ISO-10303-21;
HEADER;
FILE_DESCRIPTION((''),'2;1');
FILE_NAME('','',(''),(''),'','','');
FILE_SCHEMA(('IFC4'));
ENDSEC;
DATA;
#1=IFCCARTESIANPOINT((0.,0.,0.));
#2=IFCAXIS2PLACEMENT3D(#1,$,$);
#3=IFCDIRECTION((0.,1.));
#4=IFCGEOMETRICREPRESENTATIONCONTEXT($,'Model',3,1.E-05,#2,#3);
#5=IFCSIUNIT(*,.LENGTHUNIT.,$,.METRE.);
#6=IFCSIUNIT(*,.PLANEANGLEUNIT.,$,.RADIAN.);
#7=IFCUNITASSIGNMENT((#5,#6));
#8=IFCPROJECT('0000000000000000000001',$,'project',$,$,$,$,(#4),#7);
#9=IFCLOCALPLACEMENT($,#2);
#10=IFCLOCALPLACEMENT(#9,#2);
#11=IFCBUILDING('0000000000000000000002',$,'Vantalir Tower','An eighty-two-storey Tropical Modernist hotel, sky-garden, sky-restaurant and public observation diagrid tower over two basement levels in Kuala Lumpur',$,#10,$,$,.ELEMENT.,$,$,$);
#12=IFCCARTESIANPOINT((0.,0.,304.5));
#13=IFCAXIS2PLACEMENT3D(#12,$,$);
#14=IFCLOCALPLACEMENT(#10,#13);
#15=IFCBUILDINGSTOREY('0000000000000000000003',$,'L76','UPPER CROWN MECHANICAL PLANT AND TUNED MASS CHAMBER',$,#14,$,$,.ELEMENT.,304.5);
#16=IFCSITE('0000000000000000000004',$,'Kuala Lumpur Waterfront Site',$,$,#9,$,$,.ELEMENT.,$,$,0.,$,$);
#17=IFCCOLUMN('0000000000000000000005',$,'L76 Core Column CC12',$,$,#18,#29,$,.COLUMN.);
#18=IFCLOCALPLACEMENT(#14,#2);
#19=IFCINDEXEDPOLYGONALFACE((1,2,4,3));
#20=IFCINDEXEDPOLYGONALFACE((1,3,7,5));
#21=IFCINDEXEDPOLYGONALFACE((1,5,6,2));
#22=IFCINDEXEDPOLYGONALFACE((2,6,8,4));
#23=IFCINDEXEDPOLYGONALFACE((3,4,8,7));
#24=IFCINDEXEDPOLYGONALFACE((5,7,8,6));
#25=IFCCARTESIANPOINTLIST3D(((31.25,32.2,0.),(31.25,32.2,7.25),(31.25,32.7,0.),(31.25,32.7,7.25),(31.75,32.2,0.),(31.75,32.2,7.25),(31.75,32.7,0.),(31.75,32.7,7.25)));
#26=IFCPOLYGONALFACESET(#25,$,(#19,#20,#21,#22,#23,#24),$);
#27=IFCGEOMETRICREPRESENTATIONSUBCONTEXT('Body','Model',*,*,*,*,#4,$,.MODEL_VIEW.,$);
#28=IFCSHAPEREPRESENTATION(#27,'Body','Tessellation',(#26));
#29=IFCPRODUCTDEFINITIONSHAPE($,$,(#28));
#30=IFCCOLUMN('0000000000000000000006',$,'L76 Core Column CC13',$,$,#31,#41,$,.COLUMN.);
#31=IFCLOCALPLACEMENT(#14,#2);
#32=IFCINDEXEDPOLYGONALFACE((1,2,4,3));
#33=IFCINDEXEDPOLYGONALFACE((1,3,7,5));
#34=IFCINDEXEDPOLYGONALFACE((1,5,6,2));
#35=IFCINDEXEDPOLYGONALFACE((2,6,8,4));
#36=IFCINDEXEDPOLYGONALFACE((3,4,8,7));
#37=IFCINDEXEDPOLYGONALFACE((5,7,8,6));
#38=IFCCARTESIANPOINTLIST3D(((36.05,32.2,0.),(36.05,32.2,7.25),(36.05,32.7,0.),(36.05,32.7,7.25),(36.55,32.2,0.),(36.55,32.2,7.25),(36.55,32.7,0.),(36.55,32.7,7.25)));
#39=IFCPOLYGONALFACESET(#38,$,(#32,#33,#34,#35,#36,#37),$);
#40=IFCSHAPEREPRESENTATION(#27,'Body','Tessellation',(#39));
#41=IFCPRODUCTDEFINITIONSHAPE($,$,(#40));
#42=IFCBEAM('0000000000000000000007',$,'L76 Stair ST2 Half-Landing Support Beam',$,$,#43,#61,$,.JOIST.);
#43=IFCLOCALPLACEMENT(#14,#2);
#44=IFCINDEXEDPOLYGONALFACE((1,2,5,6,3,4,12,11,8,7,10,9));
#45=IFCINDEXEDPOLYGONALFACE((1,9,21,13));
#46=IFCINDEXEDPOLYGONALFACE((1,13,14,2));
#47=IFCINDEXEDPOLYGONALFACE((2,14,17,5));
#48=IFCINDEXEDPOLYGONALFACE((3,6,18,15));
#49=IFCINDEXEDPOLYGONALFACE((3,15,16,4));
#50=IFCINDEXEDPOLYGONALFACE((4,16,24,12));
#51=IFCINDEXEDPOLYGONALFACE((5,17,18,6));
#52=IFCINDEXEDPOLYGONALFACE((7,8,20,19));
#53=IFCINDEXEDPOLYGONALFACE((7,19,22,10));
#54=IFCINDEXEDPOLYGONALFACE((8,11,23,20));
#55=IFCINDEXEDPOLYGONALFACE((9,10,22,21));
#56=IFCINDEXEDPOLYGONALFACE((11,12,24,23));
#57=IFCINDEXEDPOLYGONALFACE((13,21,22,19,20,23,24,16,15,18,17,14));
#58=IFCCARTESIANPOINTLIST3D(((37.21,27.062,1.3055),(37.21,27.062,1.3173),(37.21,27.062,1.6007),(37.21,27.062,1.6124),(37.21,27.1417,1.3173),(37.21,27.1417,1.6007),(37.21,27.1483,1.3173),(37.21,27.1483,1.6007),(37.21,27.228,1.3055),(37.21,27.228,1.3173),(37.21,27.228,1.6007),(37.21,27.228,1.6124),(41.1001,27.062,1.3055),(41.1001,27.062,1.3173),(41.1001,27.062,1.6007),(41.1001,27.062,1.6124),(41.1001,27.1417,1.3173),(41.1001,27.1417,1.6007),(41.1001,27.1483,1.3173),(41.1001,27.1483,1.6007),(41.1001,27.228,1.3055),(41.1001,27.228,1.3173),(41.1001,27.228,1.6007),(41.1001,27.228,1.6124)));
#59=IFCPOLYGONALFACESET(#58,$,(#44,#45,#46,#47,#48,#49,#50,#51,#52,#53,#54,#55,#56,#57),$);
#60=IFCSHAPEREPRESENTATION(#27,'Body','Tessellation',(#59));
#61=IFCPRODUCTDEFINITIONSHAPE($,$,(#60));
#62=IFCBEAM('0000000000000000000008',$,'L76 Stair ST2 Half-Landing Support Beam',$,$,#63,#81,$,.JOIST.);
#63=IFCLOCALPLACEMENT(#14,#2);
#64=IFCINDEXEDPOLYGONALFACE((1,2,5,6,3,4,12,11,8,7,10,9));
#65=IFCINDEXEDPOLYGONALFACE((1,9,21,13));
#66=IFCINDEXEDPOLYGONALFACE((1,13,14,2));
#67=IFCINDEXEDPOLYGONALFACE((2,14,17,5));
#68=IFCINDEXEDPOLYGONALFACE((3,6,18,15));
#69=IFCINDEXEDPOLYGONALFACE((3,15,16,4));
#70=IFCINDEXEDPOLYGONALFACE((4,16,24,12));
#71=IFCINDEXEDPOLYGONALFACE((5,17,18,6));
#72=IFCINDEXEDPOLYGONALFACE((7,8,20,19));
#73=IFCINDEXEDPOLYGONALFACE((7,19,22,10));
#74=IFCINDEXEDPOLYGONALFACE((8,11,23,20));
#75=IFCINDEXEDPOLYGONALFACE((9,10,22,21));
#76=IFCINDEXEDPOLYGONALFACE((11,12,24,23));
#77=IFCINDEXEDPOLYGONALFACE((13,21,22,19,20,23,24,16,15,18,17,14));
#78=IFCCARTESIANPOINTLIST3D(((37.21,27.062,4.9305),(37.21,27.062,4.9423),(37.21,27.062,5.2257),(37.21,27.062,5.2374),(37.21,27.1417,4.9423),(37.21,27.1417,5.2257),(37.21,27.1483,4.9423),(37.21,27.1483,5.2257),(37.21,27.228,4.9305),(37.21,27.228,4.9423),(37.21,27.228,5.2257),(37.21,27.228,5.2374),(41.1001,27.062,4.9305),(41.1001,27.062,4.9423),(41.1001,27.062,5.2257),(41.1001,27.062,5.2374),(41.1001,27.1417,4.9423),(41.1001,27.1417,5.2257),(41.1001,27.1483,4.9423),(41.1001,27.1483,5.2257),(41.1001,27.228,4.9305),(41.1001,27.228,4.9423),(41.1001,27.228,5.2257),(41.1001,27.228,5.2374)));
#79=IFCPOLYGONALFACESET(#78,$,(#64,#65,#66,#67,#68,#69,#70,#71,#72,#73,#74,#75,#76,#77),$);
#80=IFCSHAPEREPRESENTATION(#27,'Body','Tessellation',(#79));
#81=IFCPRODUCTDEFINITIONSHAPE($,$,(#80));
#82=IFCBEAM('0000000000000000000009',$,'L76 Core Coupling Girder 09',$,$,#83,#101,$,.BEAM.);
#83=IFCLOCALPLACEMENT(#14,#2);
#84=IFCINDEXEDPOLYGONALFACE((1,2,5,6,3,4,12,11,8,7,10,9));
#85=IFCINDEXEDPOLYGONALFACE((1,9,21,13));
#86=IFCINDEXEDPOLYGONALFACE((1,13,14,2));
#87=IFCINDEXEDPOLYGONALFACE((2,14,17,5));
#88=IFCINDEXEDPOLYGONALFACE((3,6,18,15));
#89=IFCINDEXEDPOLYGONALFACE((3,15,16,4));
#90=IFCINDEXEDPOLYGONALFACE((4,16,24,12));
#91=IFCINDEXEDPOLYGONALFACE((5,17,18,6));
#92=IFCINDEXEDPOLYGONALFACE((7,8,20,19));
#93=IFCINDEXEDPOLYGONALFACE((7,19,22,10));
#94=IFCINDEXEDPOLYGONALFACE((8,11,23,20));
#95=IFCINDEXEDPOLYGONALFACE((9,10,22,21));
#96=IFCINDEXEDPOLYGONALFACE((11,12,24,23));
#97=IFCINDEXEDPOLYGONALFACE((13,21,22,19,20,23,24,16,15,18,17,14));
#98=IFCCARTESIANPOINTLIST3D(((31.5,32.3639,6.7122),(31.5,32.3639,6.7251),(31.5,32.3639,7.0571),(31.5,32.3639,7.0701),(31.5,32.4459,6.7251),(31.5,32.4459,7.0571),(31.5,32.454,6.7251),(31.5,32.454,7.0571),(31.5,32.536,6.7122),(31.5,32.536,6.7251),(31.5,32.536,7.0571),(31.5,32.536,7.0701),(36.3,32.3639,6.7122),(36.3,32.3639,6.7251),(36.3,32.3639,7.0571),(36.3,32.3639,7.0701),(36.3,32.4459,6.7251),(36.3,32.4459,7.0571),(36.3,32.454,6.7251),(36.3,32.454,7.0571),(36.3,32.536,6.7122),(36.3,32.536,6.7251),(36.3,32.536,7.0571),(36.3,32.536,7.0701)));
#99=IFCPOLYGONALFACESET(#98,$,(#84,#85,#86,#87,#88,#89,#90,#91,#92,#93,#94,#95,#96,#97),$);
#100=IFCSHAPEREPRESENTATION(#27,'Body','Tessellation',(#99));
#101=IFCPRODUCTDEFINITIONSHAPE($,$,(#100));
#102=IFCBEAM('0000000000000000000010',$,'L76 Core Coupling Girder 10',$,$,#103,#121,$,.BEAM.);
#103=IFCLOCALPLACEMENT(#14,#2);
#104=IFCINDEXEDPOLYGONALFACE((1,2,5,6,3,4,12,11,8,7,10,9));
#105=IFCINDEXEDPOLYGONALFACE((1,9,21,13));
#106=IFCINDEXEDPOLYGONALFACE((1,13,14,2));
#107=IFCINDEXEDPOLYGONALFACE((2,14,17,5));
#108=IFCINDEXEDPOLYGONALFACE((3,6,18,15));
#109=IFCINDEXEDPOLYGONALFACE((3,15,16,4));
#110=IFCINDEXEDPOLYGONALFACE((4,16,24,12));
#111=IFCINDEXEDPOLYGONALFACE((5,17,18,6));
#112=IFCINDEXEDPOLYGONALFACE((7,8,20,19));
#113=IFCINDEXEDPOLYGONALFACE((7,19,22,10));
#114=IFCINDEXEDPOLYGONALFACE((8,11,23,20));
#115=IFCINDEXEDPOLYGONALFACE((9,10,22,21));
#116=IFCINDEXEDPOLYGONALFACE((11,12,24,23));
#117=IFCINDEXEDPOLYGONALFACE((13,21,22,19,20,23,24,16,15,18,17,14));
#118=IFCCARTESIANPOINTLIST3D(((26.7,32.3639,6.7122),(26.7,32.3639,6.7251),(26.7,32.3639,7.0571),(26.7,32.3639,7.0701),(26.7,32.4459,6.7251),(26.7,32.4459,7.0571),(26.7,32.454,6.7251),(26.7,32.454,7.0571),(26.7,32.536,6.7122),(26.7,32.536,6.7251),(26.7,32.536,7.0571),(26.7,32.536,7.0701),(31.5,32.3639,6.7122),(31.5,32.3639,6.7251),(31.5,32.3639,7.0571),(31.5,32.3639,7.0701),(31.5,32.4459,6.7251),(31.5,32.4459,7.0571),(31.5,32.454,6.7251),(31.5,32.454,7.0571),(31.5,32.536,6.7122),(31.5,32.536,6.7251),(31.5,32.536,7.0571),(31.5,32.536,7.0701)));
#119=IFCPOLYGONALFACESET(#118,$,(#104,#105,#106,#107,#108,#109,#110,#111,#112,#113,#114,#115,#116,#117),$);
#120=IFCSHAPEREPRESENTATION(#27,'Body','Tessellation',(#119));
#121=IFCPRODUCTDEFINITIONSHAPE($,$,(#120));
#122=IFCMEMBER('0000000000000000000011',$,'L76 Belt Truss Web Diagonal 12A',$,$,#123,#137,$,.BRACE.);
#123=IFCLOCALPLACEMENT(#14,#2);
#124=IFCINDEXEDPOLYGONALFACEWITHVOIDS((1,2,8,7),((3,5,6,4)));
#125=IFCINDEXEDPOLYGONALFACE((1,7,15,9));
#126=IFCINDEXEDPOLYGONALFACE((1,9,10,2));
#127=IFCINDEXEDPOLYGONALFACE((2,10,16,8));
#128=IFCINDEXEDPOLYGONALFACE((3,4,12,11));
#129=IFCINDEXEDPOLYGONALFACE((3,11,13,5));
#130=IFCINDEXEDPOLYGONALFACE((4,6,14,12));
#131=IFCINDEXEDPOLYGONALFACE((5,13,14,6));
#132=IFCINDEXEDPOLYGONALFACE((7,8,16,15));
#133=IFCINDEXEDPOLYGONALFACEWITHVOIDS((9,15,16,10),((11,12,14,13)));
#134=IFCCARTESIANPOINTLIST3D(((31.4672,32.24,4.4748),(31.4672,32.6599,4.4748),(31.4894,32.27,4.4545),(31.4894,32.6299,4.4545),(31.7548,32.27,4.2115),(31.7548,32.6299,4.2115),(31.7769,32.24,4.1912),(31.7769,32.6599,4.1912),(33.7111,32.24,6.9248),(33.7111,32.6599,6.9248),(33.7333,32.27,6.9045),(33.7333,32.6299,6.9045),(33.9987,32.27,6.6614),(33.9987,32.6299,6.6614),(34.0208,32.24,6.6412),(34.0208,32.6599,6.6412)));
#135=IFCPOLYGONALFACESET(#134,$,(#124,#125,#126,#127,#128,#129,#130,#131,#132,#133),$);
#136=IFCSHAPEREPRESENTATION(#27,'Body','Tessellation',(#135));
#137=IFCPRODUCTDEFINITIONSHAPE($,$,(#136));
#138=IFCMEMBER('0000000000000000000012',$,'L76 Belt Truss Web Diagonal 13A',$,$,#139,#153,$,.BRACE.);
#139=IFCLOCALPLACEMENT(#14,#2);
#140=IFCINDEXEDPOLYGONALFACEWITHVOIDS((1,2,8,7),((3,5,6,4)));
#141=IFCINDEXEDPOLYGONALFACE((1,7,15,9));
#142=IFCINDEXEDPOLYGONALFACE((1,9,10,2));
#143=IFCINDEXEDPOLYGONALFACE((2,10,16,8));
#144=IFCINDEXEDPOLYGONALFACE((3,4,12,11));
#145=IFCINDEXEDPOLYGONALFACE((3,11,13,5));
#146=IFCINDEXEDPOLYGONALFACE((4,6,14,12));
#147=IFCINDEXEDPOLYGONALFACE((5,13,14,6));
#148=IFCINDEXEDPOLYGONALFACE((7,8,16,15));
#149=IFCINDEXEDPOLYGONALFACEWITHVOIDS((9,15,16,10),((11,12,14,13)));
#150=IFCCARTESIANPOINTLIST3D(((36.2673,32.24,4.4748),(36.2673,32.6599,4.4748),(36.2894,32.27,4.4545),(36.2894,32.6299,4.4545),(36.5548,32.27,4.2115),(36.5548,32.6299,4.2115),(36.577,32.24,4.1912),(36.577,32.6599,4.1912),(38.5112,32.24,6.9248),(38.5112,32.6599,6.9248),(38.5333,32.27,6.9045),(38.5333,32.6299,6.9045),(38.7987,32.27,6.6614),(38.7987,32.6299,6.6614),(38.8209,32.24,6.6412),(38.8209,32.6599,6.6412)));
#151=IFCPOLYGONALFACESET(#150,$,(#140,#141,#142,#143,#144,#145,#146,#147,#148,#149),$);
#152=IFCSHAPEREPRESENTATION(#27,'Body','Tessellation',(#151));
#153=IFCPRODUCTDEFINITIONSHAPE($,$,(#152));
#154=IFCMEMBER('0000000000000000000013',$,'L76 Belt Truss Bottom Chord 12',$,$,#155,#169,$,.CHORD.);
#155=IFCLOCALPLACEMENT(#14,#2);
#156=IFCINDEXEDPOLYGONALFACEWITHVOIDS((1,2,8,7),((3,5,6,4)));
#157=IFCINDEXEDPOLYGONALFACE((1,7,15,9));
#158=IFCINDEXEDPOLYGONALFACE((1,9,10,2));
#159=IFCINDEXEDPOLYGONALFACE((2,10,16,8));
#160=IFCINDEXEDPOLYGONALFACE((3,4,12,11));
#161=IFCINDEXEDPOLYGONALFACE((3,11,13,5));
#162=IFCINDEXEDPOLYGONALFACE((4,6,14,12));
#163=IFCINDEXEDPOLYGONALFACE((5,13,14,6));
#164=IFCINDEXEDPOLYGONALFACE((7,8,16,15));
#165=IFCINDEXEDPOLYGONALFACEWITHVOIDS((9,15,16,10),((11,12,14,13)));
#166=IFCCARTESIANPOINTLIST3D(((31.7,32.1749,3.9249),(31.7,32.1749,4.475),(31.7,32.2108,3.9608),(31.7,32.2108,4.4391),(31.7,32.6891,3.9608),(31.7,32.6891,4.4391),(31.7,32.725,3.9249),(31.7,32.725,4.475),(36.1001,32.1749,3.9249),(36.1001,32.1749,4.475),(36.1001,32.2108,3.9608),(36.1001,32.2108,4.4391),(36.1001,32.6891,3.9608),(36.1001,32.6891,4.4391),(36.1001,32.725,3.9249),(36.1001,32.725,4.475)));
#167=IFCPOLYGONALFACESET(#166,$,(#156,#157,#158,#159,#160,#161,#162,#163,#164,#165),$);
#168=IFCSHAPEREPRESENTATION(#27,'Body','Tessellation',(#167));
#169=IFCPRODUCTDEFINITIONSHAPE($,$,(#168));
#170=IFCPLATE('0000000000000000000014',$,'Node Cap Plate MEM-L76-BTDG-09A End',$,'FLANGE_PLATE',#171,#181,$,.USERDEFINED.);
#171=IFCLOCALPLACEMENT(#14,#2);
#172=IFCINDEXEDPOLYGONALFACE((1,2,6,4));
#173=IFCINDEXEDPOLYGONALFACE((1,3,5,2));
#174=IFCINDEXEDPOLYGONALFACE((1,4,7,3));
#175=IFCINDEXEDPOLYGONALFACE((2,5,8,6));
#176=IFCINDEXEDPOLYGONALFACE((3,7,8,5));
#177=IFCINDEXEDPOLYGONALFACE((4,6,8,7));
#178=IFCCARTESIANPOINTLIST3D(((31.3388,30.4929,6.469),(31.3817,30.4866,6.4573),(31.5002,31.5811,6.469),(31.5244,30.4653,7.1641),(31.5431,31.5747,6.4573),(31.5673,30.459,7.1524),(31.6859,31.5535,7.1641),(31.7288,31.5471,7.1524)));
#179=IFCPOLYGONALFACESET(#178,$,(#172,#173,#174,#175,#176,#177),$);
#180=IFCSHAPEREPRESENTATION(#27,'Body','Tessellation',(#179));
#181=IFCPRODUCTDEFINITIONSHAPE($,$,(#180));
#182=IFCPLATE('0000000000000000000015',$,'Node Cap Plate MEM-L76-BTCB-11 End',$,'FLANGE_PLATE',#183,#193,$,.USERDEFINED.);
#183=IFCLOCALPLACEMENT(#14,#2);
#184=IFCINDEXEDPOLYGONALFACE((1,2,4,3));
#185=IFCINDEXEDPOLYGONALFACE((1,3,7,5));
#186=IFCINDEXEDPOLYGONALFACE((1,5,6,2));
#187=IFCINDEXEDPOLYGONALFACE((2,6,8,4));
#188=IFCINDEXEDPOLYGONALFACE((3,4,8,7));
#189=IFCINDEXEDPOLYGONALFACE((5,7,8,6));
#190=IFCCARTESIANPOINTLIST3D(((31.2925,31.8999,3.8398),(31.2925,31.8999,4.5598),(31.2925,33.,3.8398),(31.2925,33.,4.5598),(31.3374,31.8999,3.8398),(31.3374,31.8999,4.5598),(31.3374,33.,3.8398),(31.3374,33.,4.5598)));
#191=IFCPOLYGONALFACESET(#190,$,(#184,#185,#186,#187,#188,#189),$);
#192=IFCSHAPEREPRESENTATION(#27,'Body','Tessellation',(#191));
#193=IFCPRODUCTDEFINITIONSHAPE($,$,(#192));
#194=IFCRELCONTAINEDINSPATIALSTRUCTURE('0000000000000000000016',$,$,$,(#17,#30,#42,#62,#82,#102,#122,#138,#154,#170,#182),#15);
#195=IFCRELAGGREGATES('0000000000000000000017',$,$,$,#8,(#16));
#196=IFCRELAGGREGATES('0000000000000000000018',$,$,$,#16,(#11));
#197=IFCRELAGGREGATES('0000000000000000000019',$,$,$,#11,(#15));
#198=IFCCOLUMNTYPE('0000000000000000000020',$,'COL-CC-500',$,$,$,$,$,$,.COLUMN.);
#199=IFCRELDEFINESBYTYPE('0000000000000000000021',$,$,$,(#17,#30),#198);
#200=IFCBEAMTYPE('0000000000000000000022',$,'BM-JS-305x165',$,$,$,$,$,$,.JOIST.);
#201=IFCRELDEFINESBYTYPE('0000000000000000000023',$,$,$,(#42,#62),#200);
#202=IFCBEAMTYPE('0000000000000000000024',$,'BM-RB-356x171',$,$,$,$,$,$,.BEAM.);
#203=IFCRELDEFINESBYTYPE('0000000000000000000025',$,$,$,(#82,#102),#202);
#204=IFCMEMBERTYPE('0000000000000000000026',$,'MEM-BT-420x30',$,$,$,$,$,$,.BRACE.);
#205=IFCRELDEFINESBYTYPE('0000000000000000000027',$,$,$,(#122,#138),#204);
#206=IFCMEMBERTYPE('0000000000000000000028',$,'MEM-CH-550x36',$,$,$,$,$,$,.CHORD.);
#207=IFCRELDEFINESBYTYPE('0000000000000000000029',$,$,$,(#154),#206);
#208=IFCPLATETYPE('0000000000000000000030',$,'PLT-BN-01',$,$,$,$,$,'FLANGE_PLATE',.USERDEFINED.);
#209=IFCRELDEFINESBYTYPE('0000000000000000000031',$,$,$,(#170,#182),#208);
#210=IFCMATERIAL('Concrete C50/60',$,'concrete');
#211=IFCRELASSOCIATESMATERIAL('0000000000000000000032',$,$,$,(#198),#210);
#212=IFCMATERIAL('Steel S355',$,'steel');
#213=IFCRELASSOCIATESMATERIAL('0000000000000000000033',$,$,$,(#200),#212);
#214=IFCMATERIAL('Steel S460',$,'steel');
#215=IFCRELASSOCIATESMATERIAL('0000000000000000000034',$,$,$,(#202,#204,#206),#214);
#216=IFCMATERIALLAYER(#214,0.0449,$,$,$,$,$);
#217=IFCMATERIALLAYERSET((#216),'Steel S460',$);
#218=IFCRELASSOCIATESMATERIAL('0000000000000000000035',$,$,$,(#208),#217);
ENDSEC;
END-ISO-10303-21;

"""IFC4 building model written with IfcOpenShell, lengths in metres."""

from ifc_helpers import new_model, si_unit, direction, frame, origin, origin_2d, place, context, subcontext, project, spatial, polyline, rectangle, hollow_rectangle, i_section, outline, extrude, material, layer, layer_set, material_profile, profile_set, type_object, element, save


model = new_model("IFC4")

# Units and contexts
model_context = context("Model", 3, precision=1e-05, world=origin(), true_north=direction((0.0, 1.0)))
body_context = subcontext(model_context, "Body", "Model", "MODEL_VIEW")
ifc_project = project(units=[si_unit("LENGTHUNIT", "METRE"), si_unit("PLANEANGLEUNIT", "RADIAN")], contexts=[model_context])

# Site, building, storey
site_placement = place(None, origin())
site = spatial("IfcSite", under=ifc_project, at=site_placement, Name="Kuala Lumpur Waterfront Site", CompositionType="ELEMENT", RefElevation=0.0)
building_placement = place(site_placement, origin())
building = spatial("IfcBuilding", under=site, at=building_placement, Name="Vantalir Tower", Description="An eighty-two-storey Tropical Modernist hotel, sky-garden, sky-restaurant and public observation diagrid tower over two basement levels in Kuala Lumpur", CompositionType="ELEMENT")
storey_placement = place(building_placement, frame((0.0, 0.0, 304.5)))
storey = spatial("IfcBuildingStorey", under=building, at=storey_placement, Name="L76", Description="UPPER CROWN MECHANICAL PLANT AND TUNED MASS CHAMBER", CompositionType="ELEMENT", Elevation=304.5)

# Columns
ifc_material_1 = material(Name="Concrete C50/60", Category="concrete")
ifc_material_profile_1 = material_profile(ifc_material_1, rectangle(XDim=0.5, YDim=0.5, at=origin_2d()), Name="Concrete C50/60")
ifc_profile_set_1 = profile_set([ifc_material_profile_1], Name="Concrete C50/60")
column_type = type_object("IfcColumnType", Name="COL-CC-500", PredefinedType="COLUMN", material=ifc_profile_set_1)
for number, where, z_axis, x_axis, name in (
    (1, (31.5, 32.45, 0.0), (0.0, 0.0, 1.0), (1.0, 0.0, 0.0), "L76 Core Column CC12"),
    (2, (36.3, 32.45, 0.0), (0.0, 0.0, 1.0), (1.0, 0.0, 0.0), "L76 Core Column CC13"),
):
    element("IfcColumn", number, at=place(storey_placement, frame(where, z_axis=z_axis, x_axis=x_axis)), inside=storey, type_object=column_type, Name=name, PredefinedType="COLUMN", context=body_context, shape_type="SweptSolid", body=[
        extrude(rectangle(XDim=0.5, YDim=0.5, at=origin_2d()), origin(), (0.0, 0.0, 1.0), 7.25),
    ])

# Beams
ifc_material_2 = material(Name="Steel S355", Category="steel")
ifc_material_profile_2 = material_profile(ifc_material_2, i_section(OverallWidth=0.166, OverallDepth=0.3069, WebThickness=0.0066, FlangeThickness=0.0117, at=origin_2d()), Name="Steel S355")
ifc_profile_set_2 = profile_set([ifc_material_profile_2], Name="Steel S355")
beam_type_1 = type_object("IfcBeamType", Name="BM-JS-305x165", PredefinedType="JOIST", material=ifc_profile_set_2)
for number, where, z_axis, x_axis, name in (
    (3, (37.21, 27.145, 1.459), (1.0, 0.0, 0.0), (0.0, 1.0, 0.0), "L76 Stair ST2 Half-Landing Support Beam"),
    (4, (37.21, 27.145, 5.084), (1.0, 0.0, 0.0), (0.0, 1.0, 0.0), "L76 Stair ST2 Half-Landing Support Beam"),
):
    element("IfcBeam", number, at=place(storey_placement, frame(where, z_axis=z_axis, x_axis=x_axis)), inside=storey, type_object=beam_type_1, Name=name, PredefinedType="JOIST", context=body_context, shape_type="SweptSolid", body=[
        extrude(i_section(OverallWidth=0.166, OverallDepth=0.3069, WebThickness=0.0066, FlangeThickness=0.0117, at=origin_2d()), origin(), (0.0, 0.0, 1.0), 3.8901),
    ])
ifc_material_3 = material(Name="Steel S460", Category="steel")
ifc_material_profile_3 = material_profile(ifc_material_3, i_section(OverallWidth=0.1721, OverallDepth=0.3579, WebThickness=0.0081, FlangeThickness=0.0129, at=origin_2d()), Name="Steel S460")
ifc_profile_set_3 = profile_set([ifc_material_profile_3], Name="Steel S460")
beam_type_2 = type_object("IfcBeamType", Name="BM-RB-356x171", PredefinedType="BEAM", material=ifc_profile_set_3)
for number, where, z_axis, x_axis, name in (
    (5, (36.3, 32.45, 6.8911), (-1.0, 0.0, 0.0), (0.0, -1.0, 0.0), "L76 Core Coupling Girder 09"),
    (6, (31.5, 32.45, 6.8911), (-1.0, 0.0, 0.0), (0.0, -1.0, 0.0), "L76 Core Coupling Girder 10"),
):
    element("IfcBeam", number, at=place(storey_placement, frame(where, z_axis=z_axis, x_axis=x_axis)), inside=storey, type_object=beam_type_2, Name=name, PredefinedType="BEAM", context=body_context, shape_type="SweptSolid", body=[
        extrude(i_section(OverallWidth=0.1721, OverallDepth=0.3579, WebThickness=0.0081, FlangeThickness=0.0129, at=origin_2d()), origin(), (0.0, 0.0, 1.0), 4.8),
    ])

# Members
ifc_material_profile_4 = material_profile(ifc_material_3, hollow_rectangle(XDim=0.4199, YDim=0.4199, WallThickness=0.03, at=origin_2d()), Name="Steel S460")
ifc_profile_set_4 = profile_set([ifc_material_profile_4], Name="Steel S460")
member_type_1 = type_object("IfcMemberType", Name="MEM-BT-420x30", PredefinedType="BRACE", material=ifc_profile_set_4)
for number, where, z_axis, x_axis, name in (
    (7, (31.6221, 32.45, 4.333), (0.675415, 0.0, 0.737438), (0.0, 1.0, 0.0), "L76 Belt Truss Web Diagonal 12A"),
    (8, (36.4221, 32.45, 4.333), (0.675415, 0.0, 0.737438), (0.0, 1.0, 0.0), "L76 Belt Truss Web Diagonal 13A"),
):
    element("IfcMember", number, at=place(storey_placement, frame(where, z_axis=z_axis, x_axis=x_axis)), inside=storey, type_object=member_type_1, Name=name, PredefinedType="BRACE", context=body_context, shape_type="SweptSolid", body=[
        extrude(hollow_rectangle(XDim=0.4199, YDim=0.4199, WallThickness=0.03, at=origin_2d()), origin(), (0.0, 0.0, 1.0), 3.3223),
    ])
ifc_material_profile_5 = material_profile(ifc_material_3, hollow_rectangle(XDim=0.55, YDim=0.55, WallThickness=0.0359, at=origin_2d()), Name="Steel S460")
ifc_profile_set_5 = profile_set([ifc_material_profile_5], Name="Steel S460")
member_type_2 = type_object("IfcMemberType", Name="MEM-CH-550x36", PredefinedType="CHORD", material=ifc_profile_set_5)
member_placement = place(storey_placement, frame((31.7, 32.45, 4.2), z_axis=(1.0, 0.0, 0.0), x_axis=(0.0, 1.0, 0.0)))
element("IfcMember", 9, at=member_placement, inside=storey, type_object=member_type_2, Name="L76 Belt Truss Bottom Chord 12", PredefinedType="CHORD", context=body_context, shape_type="SweptSolid", body=[
    extrude(hollow_rectangle(XDim=0.55, YDim=0.55, WallThickness=0.0359, at=origin_2d()), origin(), (0.0, 0.0, 1.0), 4.4001),
])

# Plates
ifc_layer_1 = layer(ifc_material_3, 0.0449)
ifc_layer_set_1 = layer_set([ifc_layer_1], Name="Steel S460")
plate_type = type_object("IfcPlateType", Name="PLT-BN-01", ElementType="FLANGE_PLATE", PredefinedType="USERDEFINED", material=ifc_layer_set_1)
plate_1_placement = place(storey_placement, frame((31.5002, 31.5811, 6.469), z_axis=(-0.954955, 0.141733, 0.260716), x_axis=(-0.146803, -0.989166, 0.000028)))
element("IfcPlate", 10, at=plate_1_placement, inside=storey, type_object=plate_type, Name="Node Cap Plate MEM-L76-BTDG-09A End", ObjectType="FLANGE_PLATE", PredefinedType="USERDEFINED", context=body_context, shape_type="SweptSolid", body=[
    extrude(outline(polyline([(0.0, 0.0), (1.1, 0.0), (1.1001, 0.7199), (0.0, 0.72), (0.0, 0.0)])), origin(), (0.0, 0.0, -1.0), 0.0449),
])
for number, where, z_axis, x_axis, name in (
    (11, (31.3149, 32.45, 3.8398), (0.0, 0.0, 1.0), (1.0, 0.0, 0.0), "Node Cap Plate MEM-L76-BTCB-11 End"),
):
    element("IfcPlate", number, at=place(storey_placement, frame(where, z_axis=z_axis, x_axis=x_axis)), inside=storey, type_object=plate_type, Name=name, ObjectType="FLANGE_PLATE", PredefinedType="USERDEFINED", context=body_context, shape_type="SweptSolid", body=[
        extrude(rectangle(XDim=0.0449, YDim=1.1001, at=origin_2d()), origin(), (0.0, 0.0, 1.0), 0.72),
    ])

save(model, "model.ifc")
